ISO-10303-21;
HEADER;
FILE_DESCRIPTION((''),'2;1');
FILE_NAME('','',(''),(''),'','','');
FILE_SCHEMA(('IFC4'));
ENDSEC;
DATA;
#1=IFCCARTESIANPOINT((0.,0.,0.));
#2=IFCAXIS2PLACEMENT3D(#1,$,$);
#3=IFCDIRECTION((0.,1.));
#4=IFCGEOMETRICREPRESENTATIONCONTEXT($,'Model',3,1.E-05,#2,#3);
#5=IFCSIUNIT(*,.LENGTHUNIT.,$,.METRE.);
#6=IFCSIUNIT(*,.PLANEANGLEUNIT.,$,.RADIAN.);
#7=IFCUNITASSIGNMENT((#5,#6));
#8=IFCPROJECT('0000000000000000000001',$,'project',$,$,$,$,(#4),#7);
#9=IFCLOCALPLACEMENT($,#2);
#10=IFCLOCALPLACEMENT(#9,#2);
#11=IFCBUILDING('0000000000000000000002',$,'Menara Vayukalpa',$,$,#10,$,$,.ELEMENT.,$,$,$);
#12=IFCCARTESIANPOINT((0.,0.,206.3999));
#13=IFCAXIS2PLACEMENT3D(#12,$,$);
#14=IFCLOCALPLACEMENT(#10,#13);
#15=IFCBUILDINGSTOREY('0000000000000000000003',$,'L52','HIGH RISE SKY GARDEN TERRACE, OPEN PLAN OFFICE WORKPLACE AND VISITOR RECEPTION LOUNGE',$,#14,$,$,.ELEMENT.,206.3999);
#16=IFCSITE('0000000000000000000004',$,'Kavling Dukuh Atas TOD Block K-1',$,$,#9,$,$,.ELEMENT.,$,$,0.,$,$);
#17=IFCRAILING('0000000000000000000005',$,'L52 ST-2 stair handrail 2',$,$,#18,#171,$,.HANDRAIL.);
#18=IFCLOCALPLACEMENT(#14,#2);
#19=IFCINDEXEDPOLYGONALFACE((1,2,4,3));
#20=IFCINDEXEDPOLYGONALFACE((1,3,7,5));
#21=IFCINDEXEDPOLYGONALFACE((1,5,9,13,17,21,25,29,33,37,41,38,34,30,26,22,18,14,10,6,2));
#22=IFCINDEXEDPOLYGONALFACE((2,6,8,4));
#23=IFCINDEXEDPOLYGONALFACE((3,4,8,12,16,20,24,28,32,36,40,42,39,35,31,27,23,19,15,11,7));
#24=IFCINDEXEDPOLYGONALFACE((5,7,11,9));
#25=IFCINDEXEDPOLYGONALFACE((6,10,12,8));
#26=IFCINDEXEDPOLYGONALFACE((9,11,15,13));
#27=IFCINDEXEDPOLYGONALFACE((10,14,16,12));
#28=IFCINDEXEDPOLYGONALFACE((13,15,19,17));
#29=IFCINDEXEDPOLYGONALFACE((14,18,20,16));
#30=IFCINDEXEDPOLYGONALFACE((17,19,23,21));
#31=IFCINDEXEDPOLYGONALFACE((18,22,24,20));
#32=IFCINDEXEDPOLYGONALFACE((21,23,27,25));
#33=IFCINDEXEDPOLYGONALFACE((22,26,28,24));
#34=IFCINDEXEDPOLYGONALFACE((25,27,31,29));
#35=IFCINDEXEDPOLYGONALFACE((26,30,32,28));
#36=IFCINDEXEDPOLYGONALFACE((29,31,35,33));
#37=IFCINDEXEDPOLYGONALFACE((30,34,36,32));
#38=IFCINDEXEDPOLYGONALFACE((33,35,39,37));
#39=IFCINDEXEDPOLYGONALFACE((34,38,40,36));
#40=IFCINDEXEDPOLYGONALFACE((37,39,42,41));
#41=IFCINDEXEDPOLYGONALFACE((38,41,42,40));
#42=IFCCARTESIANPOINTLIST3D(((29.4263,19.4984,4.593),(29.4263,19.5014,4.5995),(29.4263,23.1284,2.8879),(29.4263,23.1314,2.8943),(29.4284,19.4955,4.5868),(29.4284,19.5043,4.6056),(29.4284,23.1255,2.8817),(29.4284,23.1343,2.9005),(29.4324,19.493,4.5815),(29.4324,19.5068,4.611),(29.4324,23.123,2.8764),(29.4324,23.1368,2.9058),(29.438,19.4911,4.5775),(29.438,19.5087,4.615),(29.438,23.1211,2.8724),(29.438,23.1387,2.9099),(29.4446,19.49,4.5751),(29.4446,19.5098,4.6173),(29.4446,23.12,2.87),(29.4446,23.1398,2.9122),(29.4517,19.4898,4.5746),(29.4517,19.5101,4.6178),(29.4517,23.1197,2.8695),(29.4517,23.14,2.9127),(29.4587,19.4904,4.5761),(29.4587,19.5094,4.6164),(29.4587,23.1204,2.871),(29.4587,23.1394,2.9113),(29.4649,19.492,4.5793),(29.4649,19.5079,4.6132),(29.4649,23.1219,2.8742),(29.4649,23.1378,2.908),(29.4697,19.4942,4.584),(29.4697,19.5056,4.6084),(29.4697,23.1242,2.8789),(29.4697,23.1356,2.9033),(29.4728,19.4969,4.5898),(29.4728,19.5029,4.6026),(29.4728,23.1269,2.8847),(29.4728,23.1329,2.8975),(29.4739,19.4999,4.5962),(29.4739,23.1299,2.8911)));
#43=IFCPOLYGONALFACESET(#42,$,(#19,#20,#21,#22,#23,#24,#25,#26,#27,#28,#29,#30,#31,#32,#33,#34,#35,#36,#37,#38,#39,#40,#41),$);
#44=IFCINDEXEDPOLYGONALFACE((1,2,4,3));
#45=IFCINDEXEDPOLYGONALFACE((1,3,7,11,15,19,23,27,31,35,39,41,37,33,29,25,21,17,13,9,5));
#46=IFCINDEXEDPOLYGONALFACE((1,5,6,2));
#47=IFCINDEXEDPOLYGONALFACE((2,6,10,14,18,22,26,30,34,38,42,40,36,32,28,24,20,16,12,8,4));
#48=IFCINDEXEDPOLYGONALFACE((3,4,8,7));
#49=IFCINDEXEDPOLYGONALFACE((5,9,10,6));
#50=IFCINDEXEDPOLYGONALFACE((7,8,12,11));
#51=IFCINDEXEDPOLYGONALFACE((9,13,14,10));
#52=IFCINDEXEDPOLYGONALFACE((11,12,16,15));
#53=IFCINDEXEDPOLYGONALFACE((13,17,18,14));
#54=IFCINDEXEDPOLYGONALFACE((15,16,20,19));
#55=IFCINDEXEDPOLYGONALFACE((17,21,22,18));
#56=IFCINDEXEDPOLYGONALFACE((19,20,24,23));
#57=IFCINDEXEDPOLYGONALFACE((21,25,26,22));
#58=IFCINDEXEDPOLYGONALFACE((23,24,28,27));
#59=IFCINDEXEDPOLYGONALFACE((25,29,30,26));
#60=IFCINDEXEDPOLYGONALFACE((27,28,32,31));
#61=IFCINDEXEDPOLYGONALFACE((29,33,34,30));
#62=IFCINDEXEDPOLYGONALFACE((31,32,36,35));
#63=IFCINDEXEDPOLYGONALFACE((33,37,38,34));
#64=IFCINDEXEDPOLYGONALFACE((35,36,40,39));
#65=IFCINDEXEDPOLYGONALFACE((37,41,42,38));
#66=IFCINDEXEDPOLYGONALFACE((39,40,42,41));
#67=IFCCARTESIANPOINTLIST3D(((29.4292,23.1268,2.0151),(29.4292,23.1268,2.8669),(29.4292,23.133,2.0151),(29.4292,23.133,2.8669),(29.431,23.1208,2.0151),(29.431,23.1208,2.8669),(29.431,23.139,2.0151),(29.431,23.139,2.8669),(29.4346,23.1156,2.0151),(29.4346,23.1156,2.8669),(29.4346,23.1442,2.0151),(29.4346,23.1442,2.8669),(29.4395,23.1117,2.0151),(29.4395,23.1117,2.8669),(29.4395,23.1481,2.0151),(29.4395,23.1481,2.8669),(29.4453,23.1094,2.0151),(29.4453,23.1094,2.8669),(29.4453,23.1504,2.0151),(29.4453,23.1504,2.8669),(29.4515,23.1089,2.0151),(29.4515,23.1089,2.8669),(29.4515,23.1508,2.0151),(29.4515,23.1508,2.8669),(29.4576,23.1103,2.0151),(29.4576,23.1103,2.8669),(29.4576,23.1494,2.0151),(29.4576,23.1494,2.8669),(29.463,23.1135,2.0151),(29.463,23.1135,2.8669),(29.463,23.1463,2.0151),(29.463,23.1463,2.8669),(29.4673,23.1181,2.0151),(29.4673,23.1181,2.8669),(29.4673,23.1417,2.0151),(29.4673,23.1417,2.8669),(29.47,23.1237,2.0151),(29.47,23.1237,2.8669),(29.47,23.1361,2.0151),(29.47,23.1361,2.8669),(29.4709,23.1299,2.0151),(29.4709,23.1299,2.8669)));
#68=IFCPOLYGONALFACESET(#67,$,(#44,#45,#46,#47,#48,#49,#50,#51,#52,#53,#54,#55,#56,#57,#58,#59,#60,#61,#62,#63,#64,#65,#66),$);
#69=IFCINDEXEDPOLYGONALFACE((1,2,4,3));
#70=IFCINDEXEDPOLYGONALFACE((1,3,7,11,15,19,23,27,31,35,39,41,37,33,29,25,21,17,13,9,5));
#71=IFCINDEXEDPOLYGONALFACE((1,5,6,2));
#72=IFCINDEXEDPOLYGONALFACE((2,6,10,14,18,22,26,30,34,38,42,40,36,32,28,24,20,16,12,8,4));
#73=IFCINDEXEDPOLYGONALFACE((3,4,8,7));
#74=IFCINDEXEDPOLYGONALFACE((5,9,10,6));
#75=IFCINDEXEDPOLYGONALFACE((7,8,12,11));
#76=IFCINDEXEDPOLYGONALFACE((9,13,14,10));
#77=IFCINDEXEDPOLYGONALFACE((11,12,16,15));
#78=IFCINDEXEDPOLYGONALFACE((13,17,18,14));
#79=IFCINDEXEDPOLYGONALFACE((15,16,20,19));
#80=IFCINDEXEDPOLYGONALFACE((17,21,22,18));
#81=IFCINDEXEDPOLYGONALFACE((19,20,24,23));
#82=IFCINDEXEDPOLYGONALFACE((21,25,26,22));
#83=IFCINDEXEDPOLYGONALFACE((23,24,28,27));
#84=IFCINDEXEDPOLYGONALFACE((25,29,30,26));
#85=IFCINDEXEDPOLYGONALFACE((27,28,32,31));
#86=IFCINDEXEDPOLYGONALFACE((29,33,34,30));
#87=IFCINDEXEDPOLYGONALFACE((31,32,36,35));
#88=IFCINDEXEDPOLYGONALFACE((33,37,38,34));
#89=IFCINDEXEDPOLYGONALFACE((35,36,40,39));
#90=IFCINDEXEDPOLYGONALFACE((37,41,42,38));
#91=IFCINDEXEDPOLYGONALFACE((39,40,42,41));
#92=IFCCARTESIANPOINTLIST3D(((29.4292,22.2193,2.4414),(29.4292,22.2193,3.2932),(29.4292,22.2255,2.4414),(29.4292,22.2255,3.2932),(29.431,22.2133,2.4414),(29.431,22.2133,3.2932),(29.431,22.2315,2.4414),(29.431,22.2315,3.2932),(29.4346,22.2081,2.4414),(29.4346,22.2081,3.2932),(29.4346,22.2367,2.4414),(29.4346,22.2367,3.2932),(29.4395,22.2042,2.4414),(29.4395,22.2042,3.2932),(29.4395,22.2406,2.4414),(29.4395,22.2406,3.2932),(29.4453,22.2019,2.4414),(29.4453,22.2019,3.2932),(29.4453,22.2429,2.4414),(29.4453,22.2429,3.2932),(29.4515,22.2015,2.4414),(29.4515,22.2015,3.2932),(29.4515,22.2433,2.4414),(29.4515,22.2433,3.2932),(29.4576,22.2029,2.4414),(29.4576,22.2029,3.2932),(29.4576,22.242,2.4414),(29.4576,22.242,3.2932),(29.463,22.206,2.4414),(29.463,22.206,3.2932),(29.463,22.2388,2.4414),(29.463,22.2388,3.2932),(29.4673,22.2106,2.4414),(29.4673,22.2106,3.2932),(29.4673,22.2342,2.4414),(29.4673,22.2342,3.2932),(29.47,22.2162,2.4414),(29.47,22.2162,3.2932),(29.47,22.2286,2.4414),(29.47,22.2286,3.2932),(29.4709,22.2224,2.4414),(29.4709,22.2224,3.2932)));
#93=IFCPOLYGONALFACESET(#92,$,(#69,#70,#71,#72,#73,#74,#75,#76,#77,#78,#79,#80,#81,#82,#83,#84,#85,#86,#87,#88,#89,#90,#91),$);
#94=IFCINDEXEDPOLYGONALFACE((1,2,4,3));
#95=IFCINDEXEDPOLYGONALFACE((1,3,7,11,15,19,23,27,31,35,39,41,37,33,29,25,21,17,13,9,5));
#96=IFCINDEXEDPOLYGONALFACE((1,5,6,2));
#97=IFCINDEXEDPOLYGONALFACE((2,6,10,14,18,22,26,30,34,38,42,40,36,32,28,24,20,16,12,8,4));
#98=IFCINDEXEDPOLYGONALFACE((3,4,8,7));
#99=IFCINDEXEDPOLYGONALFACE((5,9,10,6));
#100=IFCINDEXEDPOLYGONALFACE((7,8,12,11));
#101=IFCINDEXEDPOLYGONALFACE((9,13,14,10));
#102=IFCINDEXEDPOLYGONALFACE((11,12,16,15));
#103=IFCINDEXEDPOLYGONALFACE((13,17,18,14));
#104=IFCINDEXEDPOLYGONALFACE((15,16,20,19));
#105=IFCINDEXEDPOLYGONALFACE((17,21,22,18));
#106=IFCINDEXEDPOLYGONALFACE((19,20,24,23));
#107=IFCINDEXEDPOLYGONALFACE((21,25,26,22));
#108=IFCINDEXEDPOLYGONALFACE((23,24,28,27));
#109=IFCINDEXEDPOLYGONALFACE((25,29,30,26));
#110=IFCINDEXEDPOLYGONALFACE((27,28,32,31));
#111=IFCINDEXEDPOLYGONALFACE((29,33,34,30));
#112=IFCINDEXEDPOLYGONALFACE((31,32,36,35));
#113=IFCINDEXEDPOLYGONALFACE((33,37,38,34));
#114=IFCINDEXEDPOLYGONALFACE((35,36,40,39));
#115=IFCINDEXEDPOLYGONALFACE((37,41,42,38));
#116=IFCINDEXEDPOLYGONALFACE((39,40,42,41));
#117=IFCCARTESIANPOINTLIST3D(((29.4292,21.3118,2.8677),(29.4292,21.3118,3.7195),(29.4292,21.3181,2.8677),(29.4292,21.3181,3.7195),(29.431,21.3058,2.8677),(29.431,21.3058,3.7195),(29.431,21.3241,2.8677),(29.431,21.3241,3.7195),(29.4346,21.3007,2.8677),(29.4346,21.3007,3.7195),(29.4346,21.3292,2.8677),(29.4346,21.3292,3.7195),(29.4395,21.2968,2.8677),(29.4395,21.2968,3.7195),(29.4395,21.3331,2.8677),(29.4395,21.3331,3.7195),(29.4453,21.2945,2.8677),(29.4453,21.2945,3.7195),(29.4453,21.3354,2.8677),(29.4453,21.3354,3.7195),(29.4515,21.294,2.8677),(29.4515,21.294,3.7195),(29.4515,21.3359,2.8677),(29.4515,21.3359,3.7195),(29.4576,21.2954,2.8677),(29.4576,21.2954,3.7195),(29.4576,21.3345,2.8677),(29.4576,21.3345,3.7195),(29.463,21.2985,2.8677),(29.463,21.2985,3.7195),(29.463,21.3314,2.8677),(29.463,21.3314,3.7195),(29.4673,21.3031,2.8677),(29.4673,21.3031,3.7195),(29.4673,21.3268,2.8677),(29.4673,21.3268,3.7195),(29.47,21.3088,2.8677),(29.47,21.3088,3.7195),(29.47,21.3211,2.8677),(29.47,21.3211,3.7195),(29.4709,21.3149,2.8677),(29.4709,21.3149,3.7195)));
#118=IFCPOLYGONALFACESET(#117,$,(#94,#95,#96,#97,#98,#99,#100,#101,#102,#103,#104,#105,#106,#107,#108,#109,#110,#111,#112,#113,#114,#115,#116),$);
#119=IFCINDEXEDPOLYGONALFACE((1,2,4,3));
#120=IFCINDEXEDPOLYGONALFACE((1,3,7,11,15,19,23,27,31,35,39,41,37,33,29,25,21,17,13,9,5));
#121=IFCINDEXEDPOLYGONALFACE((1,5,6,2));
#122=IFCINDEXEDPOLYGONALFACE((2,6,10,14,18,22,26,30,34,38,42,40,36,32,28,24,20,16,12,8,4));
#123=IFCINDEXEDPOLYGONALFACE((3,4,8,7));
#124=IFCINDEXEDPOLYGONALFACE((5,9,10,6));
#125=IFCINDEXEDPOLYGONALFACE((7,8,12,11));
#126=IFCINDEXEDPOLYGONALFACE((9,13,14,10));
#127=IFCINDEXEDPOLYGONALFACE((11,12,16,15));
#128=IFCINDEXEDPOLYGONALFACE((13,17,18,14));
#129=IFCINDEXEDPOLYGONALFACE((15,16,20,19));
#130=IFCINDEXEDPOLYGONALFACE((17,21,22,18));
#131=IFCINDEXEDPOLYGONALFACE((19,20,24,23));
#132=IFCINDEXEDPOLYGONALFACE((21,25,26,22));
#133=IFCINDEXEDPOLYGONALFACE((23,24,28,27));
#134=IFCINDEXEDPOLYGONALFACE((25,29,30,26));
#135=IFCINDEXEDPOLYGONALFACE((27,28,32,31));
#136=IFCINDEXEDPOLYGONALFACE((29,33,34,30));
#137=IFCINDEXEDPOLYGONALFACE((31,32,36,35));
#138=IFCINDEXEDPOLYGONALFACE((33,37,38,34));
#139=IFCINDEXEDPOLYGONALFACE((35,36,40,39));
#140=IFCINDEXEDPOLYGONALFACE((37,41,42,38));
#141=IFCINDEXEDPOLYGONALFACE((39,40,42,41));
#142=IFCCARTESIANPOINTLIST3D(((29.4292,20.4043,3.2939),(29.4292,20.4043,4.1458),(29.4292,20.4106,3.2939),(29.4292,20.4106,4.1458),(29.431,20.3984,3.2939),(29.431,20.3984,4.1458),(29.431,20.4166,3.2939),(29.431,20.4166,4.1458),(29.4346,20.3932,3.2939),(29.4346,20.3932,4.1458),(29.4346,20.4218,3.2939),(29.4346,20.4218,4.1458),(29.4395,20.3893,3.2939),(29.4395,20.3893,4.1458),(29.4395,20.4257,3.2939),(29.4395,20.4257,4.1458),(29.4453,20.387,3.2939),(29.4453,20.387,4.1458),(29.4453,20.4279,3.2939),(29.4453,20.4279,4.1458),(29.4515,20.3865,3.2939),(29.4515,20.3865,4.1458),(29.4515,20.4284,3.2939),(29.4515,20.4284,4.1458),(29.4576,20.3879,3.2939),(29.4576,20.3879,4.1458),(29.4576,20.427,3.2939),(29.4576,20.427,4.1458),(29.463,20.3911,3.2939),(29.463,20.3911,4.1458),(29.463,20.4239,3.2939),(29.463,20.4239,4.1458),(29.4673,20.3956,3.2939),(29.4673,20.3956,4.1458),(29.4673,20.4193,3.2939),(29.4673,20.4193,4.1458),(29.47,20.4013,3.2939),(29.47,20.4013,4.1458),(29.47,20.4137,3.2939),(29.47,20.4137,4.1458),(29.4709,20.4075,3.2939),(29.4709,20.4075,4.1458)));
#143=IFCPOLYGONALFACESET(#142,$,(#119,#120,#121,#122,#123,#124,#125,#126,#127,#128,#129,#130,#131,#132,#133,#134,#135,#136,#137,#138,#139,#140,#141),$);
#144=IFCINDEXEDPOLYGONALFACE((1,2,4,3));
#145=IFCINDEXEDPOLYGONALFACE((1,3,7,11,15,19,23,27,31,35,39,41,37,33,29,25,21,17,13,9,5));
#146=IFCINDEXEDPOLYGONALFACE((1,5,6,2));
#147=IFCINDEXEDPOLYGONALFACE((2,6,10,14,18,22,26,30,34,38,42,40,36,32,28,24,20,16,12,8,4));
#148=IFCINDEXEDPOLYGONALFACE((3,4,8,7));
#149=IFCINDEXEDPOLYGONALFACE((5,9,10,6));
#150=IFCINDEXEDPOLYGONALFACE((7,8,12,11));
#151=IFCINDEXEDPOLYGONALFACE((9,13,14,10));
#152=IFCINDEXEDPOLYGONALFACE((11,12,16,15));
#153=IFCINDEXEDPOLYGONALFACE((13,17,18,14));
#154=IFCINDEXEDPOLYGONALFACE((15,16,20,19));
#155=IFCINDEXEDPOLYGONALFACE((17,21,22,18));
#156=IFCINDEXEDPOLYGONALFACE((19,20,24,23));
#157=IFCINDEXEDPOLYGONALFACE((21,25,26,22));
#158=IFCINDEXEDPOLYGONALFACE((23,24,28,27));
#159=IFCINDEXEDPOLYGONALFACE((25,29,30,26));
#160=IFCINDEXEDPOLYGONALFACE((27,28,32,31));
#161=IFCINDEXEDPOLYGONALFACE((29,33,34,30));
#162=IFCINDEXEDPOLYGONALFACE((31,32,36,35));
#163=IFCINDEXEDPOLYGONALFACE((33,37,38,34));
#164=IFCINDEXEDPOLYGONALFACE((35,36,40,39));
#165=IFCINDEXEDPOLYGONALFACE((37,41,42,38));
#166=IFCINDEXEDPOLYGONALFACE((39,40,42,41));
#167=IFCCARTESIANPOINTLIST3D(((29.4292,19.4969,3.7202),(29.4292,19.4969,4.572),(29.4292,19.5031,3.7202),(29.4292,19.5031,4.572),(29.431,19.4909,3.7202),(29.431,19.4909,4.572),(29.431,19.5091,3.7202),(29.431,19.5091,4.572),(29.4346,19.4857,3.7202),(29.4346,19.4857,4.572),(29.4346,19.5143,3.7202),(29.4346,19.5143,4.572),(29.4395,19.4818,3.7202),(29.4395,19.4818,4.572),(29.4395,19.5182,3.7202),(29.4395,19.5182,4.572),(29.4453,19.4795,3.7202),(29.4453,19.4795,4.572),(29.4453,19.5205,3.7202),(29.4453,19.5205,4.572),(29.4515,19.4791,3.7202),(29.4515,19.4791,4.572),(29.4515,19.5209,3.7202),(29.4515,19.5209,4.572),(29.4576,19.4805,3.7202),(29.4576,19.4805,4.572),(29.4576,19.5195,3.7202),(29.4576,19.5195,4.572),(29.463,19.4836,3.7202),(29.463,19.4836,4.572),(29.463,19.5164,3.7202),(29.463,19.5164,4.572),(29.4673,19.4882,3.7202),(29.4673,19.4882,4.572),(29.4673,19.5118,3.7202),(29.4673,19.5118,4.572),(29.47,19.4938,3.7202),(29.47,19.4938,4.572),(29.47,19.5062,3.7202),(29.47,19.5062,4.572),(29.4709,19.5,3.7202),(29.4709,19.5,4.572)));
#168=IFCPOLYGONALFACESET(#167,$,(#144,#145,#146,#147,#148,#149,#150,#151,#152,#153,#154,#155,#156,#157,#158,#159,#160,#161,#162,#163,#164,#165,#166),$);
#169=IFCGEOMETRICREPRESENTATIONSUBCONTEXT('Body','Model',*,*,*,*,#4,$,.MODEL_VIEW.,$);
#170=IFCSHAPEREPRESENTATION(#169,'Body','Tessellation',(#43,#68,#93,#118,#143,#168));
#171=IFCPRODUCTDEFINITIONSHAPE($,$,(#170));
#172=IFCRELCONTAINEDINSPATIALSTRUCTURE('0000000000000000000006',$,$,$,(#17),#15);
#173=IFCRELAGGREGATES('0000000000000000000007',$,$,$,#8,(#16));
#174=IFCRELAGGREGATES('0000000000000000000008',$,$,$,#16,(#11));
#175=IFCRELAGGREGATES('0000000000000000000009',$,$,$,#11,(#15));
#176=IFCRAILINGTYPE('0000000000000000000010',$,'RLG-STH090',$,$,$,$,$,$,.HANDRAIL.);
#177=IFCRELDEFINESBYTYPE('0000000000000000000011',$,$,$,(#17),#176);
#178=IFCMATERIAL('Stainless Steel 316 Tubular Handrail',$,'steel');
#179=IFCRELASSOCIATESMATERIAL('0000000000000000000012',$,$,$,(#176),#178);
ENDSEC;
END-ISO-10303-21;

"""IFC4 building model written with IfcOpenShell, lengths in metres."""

from ifc_helpers import new_model, si_unit, direction, frame, origin, origin_2d, place, context, subcontext, project, spatial, circle, extrude, material, type_object, element, save


model = new_model("IFC4")

# Units and contexts
model_context = context("Model", 3, precision=1e-05, world=origin(), true_north=direction((0.0, 1.0)))
body_context = subcontext(model_context, "Body", "Model", "MODEL_VIEW")
ifc_project = project(units=[si_unit("LENGTHUNIT", "METRE"), si_unit("PLANEANGLEUNIT", "RADIAN")], contexts=[model_context])

# Site, building, storey
site_placement = place(None, origin())
site = spatial("IfcSite", under=ifc_project, at=site_placement, Name="Kavling Dukuh Atas TOD Block K-1", CompositionType="ELEMENT", RefElevation=0.0)
building_placement = place(site_placement, origin())
building = spatial("IfcBuilding", under=site, at=building_placement, Name="Menara Vayukalpa", CompositionType="ELEMENT")
storey_placement = place(building_placement, frame((0.0, 0.0, 206.3999)))
storey = spatial("IfcBuildingStorey", under=building, at=storey_placement, Name="L52", Description="HIGH RISE SKY GARDEN TERRACE, OPEN PLAN OFFICE WORKPLACE AND VISITOR RECEPTION LOUNGE", CompositionType="ELEMENT", Elevation=206.3999)

# Railing
ifc_material_1 = material(Name="Stainless Steel 316 Tubular Handrail", Category="steel")
railing_type_1 = type_object("IfcRailingType", Name="RLG-STH090", PredefinedType="HANDRAIL", material=ifc_material_1)
railing_1_placement = place(storey_placement, frame((29.45, 23.1299, 2.0151)))
element("IfcRailing", 1, at=railing_1_placement, inside=storey, type_object=railing_type_1, Name="L52 ST-2 stair handrail 2", PredefinedType="HANDRAIL", context=body_context, shape_type="SweptSolid", body=[
    extrude(circle(Radius=0.0239, at=origin_2d()), frame((0.0, 0.0, 0.876), z_axis=(0.0, -0.905116, 0.425164), x_axis=(1.0, 0.0, 0.0)), (0.0, 0.0, 1.0), 4.0105),
    extrude(circle(Radius=0.021, at=origin_2d()), origin(), (0.0, 0.0, 1.0), 0.8518),
    extrude(circle(Radius=0.021, at=origin_2d()), frame((0.0, -0.9075, 0.4263)), (0.0, 0.0, 1.0), 0.8518),
    extrude(circle(Radius=0.021, at=origin_2d()), frame((0.0, -1.8149, 0.8525)), (0.0, 0.0, 1.0), 0.8518),
    extrude(circle(Radius=0.021, at=origin_2d()), frame((0.0, -2.7224, 1.2788)), (0.0, 0.0, 1.0), 0.8518),
    extrude(circle(Radius=0.021, at=origin_2d()), frame((0.0, -3.6299, 1.7051)), (0.0, 0.0, 1.0), 0.8518),
])

save(model, "model.ifc")
